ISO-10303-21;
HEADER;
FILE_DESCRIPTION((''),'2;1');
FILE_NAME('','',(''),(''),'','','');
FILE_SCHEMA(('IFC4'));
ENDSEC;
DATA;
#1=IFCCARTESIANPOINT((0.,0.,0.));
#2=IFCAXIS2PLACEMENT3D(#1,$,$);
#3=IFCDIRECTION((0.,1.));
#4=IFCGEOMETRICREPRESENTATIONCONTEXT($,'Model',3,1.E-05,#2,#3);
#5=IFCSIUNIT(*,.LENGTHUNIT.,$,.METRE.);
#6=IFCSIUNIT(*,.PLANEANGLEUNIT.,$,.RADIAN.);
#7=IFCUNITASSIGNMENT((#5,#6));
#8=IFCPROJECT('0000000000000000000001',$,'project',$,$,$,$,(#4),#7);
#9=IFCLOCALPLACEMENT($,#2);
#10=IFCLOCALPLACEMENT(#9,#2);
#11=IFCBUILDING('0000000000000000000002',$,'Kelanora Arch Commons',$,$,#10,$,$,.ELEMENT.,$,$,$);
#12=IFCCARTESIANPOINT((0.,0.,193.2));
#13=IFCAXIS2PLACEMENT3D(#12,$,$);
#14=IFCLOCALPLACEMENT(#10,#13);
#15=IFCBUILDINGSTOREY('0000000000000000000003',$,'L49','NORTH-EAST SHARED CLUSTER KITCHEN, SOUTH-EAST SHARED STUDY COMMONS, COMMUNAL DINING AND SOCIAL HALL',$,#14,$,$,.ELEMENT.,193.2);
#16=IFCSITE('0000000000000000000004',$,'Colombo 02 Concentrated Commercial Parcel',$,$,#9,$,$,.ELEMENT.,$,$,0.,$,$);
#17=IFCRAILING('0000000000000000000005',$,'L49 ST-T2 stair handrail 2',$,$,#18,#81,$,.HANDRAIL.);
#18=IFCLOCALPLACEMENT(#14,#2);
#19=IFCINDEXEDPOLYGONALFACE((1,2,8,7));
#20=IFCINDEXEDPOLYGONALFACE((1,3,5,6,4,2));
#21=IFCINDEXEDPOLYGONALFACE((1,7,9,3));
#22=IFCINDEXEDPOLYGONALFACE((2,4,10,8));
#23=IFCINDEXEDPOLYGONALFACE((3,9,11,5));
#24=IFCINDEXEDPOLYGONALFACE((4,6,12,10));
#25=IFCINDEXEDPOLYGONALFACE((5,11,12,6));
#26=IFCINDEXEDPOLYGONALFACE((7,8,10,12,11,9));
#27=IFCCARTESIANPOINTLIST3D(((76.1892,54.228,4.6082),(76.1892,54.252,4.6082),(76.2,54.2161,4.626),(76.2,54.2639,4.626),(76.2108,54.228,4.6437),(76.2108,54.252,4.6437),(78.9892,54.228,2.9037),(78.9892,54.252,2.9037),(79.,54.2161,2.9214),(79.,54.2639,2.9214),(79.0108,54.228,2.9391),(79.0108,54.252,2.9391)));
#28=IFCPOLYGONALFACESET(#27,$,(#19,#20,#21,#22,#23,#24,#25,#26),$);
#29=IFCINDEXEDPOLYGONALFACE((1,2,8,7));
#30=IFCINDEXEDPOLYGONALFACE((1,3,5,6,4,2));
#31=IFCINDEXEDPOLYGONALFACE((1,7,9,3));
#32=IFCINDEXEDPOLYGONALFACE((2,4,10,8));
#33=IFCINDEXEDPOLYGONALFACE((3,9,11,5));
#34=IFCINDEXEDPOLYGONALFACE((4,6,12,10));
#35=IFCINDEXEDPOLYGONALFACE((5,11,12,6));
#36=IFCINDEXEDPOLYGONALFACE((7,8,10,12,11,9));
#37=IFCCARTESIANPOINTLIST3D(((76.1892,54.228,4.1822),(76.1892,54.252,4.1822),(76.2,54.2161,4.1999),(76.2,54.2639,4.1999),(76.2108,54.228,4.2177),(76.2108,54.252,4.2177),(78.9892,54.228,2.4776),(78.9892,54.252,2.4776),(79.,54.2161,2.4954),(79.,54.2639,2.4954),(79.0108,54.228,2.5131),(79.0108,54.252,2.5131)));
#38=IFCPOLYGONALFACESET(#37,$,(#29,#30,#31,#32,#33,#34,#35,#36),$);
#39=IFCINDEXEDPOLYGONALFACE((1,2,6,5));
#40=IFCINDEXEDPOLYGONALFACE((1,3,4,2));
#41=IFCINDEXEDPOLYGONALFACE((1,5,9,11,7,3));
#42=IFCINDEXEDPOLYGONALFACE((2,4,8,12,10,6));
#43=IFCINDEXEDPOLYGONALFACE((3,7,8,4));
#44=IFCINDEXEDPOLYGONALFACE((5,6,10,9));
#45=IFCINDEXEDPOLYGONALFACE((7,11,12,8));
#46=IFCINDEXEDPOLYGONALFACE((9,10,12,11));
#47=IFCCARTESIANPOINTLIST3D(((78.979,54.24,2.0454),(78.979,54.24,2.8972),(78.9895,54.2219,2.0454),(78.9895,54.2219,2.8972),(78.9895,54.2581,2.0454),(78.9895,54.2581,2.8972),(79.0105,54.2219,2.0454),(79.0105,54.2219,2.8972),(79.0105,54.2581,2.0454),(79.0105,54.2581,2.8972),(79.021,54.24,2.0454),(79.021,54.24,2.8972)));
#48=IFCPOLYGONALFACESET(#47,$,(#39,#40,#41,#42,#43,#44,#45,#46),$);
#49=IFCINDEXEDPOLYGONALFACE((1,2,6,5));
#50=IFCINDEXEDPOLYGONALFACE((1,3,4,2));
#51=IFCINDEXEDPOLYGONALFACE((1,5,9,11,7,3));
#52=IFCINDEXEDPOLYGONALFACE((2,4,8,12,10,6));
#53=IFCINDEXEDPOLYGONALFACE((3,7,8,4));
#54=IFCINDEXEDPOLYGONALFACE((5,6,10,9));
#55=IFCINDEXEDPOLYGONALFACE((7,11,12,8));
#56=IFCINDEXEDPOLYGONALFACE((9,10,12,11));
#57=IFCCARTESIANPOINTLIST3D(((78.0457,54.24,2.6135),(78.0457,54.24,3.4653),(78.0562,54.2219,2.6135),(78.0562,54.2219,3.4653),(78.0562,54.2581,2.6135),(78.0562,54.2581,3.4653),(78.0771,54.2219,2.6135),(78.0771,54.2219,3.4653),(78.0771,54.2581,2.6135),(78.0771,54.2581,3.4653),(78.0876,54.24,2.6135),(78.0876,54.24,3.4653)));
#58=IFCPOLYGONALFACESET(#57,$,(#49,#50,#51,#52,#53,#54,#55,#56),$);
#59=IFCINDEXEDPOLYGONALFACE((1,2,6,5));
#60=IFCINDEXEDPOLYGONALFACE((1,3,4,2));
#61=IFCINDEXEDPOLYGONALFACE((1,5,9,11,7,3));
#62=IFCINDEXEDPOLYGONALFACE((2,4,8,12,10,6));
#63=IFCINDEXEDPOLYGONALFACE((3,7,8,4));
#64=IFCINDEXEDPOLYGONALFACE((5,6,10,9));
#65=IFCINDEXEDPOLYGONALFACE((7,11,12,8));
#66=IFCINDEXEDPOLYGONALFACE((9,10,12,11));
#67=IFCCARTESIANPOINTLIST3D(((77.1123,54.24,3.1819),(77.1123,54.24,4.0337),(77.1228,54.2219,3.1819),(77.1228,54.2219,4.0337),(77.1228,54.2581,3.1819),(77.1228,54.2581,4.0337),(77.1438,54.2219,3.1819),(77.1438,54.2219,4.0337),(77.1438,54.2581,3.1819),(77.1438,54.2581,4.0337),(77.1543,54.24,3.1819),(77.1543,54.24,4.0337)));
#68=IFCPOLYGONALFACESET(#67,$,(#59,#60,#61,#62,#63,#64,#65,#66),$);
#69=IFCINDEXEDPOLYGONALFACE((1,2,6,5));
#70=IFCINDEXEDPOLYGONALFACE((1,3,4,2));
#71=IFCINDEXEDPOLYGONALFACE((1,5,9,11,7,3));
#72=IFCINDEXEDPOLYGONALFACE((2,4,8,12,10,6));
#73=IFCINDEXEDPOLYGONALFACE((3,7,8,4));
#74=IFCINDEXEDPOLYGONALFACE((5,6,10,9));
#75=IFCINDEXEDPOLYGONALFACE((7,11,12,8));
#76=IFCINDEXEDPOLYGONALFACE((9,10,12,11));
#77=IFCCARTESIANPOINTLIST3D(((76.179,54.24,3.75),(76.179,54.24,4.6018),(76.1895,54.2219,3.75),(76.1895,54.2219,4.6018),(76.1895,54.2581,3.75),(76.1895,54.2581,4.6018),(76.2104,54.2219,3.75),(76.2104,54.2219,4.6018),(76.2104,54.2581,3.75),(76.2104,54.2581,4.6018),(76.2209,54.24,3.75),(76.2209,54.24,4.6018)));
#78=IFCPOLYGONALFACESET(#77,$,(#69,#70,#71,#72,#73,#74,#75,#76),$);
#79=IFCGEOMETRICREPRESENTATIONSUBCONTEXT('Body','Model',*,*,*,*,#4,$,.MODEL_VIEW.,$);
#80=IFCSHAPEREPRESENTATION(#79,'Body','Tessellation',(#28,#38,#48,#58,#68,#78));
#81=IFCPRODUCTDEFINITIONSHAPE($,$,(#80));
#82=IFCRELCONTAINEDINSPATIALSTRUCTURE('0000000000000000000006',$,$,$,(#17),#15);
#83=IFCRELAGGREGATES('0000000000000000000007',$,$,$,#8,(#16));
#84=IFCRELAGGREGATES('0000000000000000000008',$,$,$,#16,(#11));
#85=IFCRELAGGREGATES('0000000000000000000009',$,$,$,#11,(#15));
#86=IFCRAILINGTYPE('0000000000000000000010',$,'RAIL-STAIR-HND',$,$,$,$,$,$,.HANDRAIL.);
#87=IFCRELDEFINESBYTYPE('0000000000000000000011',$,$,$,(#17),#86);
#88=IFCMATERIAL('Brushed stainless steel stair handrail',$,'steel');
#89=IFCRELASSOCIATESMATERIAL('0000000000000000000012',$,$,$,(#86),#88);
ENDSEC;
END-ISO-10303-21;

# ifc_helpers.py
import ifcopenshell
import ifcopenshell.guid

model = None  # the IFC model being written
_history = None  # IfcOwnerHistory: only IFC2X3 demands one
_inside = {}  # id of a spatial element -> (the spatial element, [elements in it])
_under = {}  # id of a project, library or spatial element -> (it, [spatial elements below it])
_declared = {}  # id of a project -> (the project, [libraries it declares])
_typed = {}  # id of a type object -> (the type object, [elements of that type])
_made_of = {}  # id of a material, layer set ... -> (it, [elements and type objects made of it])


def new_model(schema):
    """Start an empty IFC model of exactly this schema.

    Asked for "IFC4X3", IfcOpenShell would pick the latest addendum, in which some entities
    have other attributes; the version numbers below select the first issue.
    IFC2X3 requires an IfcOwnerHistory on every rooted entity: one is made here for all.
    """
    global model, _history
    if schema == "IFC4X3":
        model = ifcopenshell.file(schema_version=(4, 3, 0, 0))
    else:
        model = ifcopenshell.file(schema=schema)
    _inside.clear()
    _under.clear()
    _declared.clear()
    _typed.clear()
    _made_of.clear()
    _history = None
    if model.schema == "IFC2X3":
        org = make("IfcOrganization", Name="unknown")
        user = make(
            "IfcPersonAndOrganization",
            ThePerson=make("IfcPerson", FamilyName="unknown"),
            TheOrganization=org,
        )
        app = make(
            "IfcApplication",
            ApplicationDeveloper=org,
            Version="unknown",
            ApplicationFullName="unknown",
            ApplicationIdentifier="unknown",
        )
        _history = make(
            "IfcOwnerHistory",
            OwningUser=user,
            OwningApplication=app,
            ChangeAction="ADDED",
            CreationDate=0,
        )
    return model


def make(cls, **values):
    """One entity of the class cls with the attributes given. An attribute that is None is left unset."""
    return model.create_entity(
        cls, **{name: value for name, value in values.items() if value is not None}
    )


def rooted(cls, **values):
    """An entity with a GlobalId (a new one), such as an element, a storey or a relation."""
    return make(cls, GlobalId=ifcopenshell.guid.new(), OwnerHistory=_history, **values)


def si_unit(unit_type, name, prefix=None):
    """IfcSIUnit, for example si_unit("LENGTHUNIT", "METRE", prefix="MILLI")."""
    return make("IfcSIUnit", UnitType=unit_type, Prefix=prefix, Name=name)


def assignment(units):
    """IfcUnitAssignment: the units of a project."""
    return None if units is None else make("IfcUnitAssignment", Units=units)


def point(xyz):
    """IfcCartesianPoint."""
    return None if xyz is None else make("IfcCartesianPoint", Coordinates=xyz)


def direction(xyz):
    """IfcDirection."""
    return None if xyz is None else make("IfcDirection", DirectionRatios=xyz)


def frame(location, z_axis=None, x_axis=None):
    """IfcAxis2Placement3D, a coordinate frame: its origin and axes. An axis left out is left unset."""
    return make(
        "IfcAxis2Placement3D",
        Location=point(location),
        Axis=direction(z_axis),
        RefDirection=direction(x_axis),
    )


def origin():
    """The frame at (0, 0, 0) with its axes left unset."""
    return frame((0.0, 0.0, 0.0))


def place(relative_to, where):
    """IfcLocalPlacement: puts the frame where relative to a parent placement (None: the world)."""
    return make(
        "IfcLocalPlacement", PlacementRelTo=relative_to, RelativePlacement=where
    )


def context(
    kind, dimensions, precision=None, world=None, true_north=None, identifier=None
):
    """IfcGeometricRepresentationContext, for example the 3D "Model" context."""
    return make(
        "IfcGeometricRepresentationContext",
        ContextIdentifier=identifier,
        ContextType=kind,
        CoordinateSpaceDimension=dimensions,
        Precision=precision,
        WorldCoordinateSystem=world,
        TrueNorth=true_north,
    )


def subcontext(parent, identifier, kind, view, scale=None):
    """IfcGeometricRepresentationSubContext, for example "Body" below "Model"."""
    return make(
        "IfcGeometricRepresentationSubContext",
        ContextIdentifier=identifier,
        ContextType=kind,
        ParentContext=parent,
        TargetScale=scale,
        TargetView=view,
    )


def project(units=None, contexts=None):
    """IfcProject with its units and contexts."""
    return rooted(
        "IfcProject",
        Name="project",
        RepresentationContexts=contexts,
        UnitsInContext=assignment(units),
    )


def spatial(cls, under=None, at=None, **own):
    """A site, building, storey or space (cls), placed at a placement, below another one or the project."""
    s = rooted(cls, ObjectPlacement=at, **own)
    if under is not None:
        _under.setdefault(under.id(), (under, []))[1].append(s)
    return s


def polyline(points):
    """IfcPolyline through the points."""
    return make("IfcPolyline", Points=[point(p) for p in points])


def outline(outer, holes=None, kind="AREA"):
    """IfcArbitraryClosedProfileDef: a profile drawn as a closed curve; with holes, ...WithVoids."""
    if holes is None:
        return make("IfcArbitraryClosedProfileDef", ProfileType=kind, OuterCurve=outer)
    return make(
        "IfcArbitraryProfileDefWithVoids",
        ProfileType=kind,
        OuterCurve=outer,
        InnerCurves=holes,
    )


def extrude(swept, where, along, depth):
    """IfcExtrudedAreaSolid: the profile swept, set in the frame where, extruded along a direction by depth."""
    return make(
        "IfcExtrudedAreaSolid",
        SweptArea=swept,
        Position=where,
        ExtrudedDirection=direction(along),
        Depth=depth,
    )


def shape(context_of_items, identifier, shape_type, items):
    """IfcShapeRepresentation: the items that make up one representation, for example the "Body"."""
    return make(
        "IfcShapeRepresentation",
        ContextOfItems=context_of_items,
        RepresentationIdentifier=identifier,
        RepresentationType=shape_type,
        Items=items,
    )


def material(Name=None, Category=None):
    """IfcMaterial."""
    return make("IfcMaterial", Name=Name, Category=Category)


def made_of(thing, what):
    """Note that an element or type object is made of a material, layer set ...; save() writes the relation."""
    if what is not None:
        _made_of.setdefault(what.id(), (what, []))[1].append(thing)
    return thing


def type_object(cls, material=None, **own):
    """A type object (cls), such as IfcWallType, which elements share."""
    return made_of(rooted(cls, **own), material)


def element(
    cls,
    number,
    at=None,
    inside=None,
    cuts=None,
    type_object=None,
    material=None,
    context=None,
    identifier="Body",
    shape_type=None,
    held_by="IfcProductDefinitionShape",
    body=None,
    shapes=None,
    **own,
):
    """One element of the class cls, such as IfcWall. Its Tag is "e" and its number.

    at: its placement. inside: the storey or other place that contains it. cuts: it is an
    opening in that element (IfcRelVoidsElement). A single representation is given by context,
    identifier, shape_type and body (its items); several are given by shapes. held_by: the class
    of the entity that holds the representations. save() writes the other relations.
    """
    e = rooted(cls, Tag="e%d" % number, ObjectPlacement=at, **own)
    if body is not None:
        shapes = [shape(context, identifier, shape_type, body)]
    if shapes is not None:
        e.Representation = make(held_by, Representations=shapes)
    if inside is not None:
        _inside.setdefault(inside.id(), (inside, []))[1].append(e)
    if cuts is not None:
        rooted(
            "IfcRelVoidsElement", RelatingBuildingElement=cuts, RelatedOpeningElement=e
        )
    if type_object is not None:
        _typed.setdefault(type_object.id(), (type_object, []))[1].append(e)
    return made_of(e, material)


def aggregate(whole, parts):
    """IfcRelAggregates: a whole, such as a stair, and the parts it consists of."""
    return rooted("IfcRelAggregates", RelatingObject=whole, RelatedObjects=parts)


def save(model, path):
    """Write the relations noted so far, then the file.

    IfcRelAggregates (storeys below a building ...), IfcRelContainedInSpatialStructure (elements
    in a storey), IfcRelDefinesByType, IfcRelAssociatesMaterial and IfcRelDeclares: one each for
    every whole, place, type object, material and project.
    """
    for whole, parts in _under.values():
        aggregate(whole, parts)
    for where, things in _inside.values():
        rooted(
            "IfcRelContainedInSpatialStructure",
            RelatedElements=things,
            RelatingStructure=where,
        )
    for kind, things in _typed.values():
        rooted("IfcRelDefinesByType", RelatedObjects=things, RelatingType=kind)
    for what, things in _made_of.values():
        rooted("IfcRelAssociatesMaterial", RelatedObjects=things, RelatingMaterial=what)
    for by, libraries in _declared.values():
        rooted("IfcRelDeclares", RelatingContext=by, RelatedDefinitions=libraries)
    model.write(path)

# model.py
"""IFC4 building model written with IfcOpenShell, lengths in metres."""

from ifc_helpers import new_model, si_unit, direction, frame, origin, place, context, subcontext, project, spatial, polyline, outline, extrude, material, type_object, element, save


model = new_model("IFC4")

# Units and contexts
model_context = context("Model", 3, precision=1e-05, world=origin(), true_north=direction((0.0, 1.0)))
body_context = subcontext(model_context, "Body", "Model", "MODEL_VIEW")
ifc_project = project(units=[si_unit("LENGTHUNIT", "METRE"), si_unit("PLANEANGLEUNIT", "RADIAN")], contexts=[model_context])

# Site, building, storey
site_placement = place(None, origin())
site = spatial("IfcSite", under=ifc_project, at=site_placement, Name="Colombo 02 Concentrated Commercial Parcel", CompositionType="ELEMENT", RefElevation=0.0)
building_placement = place(site_placement, origin())
building = spatial("IfcBuilding", under=site, at=building_placement, Name="Kelanora Arch Commons", CompositionType="ELEMENT")
storey_placement = place(building_placement, frame((0.0, 0.0, 193.2)))
storey = spatial("IfcBuildingStorey", under=building, at=storey_placement, Name="L49", Description="NORTH-EAST SHARED CLUSTER KITCHEN, SOUTH-EAST SHARED STUDY COMMONS, COMMUNAL DINING AND SOCIAL HALL", CompositionType="ELEMENT", Elevation=193.2)

# Railing
ifc_material_1 = material(Name="Brushed stainless steel stair handrail", Category="steel")
railing_type_1 = type_object("IfcRailingType", Name="RAIL-STAIR-HND", PredefinedType="HANDRAIL", material=ifc_material_1)
railing_1_placement = place(storey_placement, frame((79.0, 54.24, 2.0454)))
element("IfcRailing", 1, at=railing_1_placement, inside=storey, type_object=railing_type_1, Name="L49 ST-T2 stair handrail 2", PredefinedType="HANDRAIL", context=body_context, shape_type="SweptSolid", body=[
    extrude(outline(polyline([(0.0239, 0.0), (0.012, 0.0208), (-0.012, 0.0208), (-0.0239, 0.0), (-0.012, -0.0208), (0.012, -0.0208), (0.0239, 0.0)])), frame((0.0, 0.0, 0.876), z_axis=(-0.85417, 0.0, 0.519994), x_axis=(0.0, -1.0, 0.0)), (0.0, 0.0, 1.0), 3.2781),
    extrude(outline(polyline([(0.0239, 0.0), (0.012, 0.0208), (-0.012, 0.0208), (-0.0239, 0.0), (-0.012, -0.0208), (0.012, -0.0208), (0.0239, 0.0)])), frame((0.0, 0.0, 0.45), z_axis=(-0.85417, 0.0, 0.519994), x_axis=(0.0, -1.0, 0.0)), (0.0, 0.0, 1.0), 3.2781),
    extrude(outline(polyline([(0.021, 0.0), (0.0105, 0.0181), (-0.0105, 0.0181), (-0.021, 0.0), (-0.0105, -0.0181), (0.0105, -0.0181), (0.021, 0.0)])), origin(), (0.0, 0.0, 1.0), 0.8518),
    extrude(outline(polyline([(0.021, 0.0), (0.0105, 0.0181), (-0.0105, 0.0181), (-0.021, 0.0), (-0.0105, -0.0181), (0.0105, -0.0181), (0.021, 0.0)])), frame((-0.9333, 0.0, 0.5681)), (0.0, 0.0, 1.0), 0.8518),
    extrude(outline(polyline([(0.021, 0.0), (0.0105, 0.0181), (-0.0105, 0.0181), (-0.021, 0.0), (-0.0105, -0.0181), (0.0105, -0.0181), (0.021, 0.0)])), frame((-1.8667, 0.0, 1.1365)), (0.0, 0.0, 1.0), 0.8518),
    extrude(outline(polyline([(0.021, 0.0), (0.0105, 0.0181), (-0.0105, 0.0181), (-0.021, 0.0), (-0.0105, -0.0181), (0.0105, -0.0181), (0.021, 0.0)])), frame((-2.8, 0.0, 1.7046)), (0.0, 0.0, 1.0), 0.8518),
])

save(model, "model.ifc")
